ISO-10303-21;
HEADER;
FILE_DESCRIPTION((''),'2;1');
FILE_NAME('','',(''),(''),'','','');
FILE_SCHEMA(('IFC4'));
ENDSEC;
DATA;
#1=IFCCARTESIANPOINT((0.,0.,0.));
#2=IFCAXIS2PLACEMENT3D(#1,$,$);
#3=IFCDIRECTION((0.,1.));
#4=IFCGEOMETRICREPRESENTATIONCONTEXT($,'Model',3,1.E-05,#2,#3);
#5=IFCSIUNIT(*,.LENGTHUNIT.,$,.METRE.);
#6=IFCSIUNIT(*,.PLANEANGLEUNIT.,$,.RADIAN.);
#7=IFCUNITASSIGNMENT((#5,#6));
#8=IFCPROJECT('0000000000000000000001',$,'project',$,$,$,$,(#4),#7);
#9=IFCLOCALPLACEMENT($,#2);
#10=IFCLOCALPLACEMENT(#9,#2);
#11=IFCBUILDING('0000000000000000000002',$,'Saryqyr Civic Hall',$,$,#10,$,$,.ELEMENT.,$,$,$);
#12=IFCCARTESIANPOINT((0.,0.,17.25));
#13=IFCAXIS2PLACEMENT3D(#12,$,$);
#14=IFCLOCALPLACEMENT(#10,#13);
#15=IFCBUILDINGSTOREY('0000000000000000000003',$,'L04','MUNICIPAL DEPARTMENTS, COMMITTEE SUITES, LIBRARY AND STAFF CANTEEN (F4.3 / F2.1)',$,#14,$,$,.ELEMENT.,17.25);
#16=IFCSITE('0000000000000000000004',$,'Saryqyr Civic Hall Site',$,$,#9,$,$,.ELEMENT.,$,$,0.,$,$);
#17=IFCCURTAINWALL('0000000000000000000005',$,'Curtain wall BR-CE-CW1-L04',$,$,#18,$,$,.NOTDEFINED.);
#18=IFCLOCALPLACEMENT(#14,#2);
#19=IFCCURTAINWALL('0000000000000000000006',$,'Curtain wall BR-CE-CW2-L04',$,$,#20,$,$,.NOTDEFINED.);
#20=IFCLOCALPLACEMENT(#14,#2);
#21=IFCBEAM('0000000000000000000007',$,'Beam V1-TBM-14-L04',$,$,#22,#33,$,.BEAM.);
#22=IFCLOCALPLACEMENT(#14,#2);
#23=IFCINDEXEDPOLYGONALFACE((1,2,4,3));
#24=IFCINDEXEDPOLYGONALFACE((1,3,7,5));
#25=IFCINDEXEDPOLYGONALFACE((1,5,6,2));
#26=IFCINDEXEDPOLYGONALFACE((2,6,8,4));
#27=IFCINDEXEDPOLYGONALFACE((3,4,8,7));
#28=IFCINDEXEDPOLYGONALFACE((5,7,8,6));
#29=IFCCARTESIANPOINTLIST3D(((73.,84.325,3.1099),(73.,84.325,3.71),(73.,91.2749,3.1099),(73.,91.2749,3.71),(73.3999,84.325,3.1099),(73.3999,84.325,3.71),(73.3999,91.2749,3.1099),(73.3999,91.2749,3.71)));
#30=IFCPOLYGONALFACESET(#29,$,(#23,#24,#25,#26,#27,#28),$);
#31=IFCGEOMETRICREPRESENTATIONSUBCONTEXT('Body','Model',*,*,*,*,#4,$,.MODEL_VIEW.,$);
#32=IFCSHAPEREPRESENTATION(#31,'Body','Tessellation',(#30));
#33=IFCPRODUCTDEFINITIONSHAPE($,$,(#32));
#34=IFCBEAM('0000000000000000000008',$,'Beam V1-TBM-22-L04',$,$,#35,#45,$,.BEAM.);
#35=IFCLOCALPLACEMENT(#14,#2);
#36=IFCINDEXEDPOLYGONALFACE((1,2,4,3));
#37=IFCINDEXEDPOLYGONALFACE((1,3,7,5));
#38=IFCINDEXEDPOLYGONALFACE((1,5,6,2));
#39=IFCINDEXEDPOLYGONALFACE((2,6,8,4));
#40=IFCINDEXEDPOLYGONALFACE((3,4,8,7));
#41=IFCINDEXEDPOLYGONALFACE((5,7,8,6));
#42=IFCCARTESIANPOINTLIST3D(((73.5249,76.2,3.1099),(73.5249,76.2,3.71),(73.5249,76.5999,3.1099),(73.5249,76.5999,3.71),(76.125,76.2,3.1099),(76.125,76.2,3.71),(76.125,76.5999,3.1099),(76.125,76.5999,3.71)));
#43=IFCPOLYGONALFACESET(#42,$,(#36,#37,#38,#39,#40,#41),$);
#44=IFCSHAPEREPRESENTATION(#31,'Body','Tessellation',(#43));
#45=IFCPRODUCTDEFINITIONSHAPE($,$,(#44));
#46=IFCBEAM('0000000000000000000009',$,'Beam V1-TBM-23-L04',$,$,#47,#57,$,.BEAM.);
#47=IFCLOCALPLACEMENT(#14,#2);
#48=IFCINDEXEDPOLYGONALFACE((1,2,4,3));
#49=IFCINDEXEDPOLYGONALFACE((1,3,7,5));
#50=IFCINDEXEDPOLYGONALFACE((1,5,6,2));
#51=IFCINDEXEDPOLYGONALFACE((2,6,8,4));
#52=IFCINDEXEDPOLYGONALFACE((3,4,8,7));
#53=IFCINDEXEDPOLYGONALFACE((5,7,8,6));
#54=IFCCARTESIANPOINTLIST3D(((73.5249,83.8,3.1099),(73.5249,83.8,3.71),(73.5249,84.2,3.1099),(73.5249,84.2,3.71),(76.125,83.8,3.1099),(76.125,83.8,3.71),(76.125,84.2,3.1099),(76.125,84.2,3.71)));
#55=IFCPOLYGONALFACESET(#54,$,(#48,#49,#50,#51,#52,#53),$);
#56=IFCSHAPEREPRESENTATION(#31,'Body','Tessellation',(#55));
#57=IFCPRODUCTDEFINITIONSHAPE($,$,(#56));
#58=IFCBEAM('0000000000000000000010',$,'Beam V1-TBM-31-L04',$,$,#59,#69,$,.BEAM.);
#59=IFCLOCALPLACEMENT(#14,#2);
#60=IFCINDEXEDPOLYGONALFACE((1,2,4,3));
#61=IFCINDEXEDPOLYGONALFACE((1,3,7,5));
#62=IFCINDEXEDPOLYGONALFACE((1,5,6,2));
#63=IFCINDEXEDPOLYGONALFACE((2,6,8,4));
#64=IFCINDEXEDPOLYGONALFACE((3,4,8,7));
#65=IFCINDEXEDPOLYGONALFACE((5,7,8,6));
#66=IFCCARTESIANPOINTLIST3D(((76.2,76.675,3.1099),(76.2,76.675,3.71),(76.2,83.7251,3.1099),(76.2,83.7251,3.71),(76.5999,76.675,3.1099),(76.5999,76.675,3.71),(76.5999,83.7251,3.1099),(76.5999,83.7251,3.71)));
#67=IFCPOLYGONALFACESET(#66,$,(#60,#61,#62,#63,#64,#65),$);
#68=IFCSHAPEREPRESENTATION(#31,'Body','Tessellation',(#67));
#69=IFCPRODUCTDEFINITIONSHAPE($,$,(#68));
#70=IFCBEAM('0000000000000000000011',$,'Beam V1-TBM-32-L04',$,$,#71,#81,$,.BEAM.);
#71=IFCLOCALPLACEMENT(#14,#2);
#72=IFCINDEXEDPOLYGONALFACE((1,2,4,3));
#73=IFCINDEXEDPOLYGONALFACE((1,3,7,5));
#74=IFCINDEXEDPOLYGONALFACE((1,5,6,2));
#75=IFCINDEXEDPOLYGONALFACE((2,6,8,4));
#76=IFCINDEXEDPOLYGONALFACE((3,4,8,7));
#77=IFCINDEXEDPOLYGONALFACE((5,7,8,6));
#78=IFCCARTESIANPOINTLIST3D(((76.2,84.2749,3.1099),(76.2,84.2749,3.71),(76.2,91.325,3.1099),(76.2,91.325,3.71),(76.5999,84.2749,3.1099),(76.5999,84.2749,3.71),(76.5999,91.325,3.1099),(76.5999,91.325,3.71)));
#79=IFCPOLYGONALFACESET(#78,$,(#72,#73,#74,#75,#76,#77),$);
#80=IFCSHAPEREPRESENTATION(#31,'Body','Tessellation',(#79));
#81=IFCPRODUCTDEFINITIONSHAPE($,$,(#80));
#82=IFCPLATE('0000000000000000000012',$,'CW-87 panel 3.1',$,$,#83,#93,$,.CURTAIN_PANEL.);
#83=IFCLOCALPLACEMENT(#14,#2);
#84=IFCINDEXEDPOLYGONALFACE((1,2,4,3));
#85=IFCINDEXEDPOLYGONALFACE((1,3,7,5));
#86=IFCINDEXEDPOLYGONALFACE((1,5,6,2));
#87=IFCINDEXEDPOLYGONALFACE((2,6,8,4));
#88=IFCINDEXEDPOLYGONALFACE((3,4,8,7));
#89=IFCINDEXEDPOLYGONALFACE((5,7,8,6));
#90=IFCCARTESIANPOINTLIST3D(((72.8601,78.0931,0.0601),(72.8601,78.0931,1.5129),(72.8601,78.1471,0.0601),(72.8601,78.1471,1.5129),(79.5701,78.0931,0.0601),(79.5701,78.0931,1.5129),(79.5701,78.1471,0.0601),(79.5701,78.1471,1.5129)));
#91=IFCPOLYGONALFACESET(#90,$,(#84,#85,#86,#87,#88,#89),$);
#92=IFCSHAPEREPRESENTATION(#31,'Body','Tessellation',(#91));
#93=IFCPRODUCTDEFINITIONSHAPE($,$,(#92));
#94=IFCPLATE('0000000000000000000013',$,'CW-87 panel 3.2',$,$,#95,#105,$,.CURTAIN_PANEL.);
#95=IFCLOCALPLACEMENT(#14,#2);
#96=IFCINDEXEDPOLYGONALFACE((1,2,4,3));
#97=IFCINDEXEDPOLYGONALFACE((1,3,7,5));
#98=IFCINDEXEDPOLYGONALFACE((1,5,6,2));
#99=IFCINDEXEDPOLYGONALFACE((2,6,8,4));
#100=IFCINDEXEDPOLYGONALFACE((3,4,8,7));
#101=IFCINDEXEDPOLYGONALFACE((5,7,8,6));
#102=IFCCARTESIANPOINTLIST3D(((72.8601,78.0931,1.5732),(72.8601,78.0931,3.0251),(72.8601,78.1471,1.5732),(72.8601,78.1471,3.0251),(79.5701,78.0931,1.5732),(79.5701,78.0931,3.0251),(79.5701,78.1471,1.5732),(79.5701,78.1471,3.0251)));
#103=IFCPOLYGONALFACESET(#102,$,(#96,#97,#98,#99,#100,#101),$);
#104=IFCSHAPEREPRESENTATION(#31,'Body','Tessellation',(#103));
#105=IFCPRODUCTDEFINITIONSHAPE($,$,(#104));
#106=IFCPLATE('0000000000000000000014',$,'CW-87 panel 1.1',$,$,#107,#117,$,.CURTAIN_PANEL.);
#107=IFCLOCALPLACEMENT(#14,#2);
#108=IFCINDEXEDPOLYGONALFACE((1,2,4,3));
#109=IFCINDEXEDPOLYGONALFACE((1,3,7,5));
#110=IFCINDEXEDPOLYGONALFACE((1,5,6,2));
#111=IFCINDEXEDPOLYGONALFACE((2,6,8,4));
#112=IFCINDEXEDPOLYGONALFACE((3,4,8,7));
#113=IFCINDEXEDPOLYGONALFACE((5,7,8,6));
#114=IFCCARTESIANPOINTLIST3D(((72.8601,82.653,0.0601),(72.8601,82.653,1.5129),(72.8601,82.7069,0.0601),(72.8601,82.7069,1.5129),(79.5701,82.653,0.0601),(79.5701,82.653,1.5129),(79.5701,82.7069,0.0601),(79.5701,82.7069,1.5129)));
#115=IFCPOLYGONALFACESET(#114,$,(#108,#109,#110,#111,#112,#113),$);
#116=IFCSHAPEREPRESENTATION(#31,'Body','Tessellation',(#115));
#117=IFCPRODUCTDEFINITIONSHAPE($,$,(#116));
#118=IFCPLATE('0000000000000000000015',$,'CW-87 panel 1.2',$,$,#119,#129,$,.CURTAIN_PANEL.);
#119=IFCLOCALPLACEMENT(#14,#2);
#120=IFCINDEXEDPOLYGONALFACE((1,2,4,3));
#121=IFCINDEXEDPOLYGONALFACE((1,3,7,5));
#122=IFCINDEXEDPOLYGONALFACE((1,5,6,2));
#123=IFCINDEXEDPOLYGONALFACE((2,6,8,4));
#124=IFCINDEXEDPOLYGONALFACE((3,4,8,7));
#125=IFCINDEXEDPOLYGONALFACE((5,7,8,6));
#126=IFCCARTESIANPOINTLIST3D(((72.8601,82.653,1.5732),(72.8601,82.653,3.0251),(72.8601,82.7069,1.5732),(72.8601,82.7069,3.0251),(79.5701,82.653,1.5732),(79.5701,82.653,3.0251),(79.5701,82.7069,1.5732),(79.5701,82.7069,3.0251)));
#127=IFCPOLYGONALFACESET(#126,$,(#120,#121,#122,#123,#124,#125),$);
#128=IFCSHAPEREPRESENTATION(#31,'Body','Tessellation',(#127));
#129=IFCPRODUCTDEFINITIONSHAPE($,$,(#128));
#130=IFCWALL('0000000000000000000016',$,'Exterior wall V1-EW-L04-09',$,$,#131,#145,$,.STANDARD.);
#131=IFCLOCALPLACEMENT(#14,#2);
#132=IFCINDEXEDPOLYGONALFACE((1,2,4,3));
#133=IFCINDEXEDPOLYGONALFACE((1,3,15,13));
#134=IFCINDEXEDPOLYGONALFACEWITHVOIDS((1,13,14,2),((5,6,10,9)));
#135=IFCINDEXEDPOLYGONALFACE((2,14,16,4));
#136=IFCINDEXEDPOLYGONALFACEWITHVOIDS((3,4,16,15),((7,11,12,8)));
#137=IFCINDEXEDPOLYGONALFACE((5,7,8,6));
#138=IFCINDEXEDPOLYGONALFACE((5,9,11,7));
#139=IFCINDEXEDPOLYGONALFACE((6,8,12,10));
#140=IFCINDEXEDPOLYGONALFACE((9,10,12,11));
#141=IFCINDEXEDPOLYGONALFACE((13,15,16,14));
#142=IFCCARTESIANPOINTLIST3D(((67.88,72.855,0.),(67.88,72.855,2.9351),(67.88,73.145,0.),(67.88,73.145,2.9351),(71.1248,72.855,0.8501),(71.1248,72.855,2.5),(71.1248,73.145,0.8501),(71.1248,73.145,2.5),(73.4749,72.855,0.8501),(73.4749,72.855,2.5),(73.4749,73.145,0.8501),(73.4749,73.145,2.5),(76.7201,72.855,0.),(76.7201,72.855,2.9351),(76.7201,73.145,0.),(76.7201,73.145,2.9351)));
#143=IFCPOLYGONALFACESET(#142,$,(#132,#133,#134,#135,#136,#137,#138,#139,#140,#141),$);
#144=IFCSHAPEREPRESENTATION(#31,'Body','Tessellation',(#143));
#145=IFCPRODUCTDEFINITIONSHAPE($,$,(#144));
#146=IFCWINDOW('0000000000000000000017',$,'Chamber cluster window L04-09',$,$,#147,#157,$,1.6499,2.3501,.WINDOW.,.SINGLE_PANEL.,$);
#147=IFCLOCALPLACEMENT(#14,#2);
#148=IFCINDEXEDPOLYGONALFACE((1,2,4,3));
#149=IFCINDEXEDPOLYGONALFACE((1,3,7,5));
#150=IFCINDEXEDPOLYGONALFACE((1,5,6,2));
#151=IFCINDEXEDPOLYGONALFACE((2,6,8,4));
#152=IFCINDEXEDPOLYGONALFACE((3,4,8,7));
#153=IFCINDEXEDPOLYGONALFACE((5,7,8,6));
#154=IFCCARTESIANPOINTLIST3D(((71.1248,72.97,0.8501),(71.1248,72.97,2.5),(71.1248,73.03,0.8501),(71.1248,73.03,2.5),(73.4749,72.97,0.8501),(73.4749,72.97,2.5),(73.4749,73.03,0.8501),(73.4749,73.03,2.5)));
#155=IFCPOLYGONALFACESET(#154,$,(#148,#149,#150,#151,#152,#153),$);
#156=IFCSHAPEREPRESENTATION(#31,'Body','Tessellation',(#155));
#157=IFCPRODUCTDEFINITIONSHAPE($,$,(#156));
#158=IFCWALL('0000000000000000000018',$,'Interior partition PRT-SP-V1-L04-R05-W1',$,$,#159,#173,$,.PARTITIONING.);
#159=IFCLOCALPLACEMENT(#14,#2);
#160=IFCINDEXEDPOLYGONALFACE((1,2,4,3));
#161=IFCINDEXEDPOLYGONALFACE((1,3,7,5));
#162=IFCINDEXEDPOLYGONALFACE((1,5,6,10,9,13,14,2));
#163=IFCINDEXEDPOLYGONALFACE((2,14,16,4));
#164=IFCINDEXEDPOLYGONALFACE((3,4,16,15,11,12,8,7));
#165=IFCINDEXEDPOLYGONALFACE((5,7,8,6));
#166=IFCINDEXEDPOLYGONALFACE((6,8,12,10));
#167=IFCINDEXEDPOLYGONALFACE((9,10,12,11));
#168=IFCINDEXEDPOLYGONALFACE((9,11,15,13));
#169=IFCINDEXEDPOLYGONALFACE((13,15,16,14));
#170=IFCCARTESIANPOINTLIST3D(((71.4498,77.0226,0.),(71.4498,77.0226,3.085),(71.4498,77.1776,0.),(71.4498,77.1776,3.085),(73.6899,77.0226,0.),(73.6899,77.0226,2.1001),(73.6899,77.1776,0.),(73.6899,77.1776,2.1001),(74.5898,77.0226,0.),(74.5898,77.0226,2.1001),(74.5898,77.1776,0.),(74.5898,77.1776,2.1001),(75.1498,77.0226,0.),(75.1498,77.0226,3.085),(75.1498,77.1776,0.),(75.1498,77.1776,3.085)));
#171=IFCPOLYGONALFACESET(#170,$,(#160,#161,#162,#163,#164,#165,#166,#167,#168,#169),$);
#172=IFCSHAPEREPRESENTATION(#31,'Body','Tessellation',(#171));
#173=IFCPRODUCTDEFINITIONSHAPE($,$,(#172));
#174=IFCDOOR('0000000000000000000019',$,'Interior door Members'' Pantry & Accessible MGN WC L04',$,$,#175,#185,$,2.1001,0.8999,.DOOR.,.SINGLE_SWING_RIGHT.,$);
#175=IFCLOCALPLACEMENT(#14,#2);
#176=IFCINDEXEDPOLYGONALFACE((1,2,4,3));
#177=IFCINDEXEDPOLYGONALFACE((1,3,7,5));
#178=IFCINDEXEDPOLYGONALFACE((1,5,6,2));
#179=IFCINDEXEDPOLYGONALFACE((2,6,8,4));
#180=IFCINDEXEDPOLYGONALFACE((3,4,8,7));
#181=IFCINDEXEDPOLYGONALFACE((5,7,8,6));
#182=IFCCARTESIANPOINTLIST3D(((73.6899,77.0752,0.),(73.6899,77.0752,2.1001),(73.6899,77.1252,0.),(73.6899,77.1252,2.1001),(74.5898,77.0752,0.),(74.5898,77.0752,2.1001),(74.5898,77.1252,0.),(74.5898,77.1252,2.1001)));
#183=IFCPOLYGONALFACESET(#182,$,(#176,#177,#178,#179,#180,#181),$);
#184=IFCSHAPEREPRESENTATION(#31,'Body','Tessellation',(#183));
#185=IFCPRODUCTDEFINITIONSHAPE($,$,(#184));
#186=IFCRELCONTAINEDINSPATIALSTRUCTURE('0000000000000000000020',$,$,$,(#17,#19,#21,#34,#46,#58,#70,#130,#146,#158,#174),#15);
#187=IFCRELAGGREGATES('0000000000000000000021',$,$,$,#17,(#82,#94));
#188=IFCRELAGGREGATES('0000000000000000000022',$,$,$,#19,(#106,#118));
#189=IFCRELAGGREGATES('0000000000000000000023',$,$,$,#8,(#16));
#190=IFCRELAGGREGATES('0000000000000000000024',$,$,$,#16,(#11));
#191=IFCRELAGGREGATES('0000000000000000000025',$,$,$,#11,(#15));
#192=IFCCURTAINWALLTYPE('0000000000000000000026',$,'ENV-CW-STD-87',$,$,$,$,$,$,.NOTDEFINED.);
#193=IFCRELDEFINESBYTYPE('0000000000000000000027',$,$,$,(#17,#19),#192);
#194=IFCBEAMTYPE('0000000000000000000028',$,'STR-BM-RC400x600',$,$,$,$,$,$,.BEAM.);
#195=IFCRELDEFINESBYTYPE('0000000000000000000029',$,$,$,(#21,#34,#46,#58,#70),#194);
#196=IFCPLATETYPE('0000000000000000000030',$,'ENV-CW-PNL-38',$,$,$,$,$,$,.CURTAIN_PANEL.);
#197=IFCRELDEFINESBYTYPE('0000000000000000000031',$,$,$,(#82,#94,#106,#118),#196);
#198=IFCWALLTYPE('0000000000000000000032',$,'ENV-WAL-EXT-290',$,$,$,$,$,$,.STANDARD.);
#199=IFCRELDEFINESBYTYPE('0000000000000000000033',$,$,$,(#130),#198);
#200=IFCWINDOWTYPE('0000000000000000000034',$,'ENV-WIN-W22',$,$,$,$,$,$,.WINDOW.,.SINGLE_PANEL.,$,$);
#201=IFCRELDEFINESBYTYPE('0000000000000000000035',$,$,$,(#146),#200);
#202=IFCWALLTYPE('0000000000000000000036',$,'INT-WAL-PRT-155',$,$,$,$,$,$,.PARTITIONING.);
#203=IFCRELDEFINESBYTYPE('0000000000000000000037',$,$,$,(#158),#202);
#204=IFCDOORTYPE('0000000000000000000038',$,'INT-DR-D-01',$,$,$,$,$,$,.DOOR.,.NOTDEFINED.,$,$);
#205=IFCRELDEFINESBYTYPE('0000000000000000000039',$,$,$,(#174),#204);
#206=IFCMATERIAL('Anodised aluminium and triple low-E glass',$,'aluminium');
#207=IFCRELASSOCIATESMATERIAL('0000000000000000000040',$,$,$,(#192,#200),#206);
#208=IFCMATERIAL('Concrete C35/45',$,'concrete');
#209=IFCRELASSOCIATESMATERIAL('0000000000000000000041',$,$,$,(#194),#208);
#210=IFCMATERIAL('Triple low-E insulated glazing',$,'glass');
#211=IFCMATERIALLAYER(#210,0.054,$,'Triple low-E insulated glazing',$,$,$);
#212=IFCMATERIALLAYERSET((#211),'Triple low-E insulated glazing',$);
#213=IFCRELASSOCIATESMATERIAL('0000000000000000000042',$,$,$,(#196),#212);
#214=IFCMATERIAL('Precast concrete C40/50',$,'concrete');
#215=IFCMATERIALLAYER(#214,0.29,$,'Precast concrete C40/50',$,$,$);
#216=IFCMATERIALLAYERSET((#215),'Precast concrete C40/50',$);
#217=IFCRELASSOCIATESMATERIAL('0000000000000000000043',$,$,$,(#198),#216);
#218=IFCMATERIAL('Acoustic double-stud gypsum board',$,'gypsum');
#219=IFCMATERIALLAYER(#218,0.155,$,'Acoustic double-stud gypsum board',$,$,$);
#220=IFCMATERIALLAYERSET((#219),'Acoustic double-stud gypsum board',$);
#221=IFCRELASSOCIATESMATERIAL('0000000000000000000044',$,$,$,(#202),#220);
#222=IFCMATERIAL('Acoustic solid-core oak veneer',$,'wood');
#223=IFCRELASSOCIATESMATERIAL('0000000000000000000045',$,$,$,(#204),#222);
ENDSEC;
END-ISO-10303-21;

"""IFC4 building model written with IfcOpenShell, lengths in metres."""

from ifc_helpers import new_model, si_unit, direction, frame, frame_2d, origin, origin_2d, place, context, subcontext, project, spatial, rectangle, extrude, material, layer, layer_set, material_profile, profile_set, type_object, element, fill, aggregate, save


model = new_model("IFC4")

# Units and contexts
model_context = context("Model", 3, precision=1e-05, world=origin(), true_north=direction((0.0, 1.0)))
body_context = subcontext(model_context, "Body", "Model", "MODEL_VIEW")
ifc_project = project(units=[si_unit("LENGTHUNIT", "METRE"), si_unit("PLANEANGLEUNIT", "RADIAN")], contexts=[model_context])

# Site, building, storey
site_placement = place(None, origin())
site = spatial("IfcSite", under=ifc_project, at=site_placement, Name="Saryqyr Civic Hall Site", CompositionType="ELEMENT", RefElevation=0.0)
building_placement = place(site_placement, origin())
building = spatial("IfcBuilding", under=site, at=building_placement, Name="Saryqyr Civic Hall", CompositionType="ELEMENT")
storey_placement = place(building_placement, frame((0.0, 0.0, 17.25)))
storey = spatial("IfcBuildingStorey", under=building, at=storey_placement, Name="L04", Description="MUNICIPAL DEPARTMENTS, COMMITTEE SUITES, LIBRARY AND STAFF CANTEEN (F4.3 / F2.1)", CompositionType="ELEMENT", Elevation=17.25)

# Curtain walls
ifc_material_1 = material(Name="Anodised aluminium and triple low-E glass", Category="aluminium")
curtain_wall_type = type_object("IfcCurtainWallType", Name="ENV-CW-STD-87", PredefinedType="NOTDEFINED", material=ifc_material_1)
curtain_wall_1_placement = place(storey_placement, origin())
curtain_wall_1 = element("IfcCurtainWall", 1, at=curtain_wall_1_placement, inside=storey, type_object=curtain_wall_type, Name="Curtain wall BR-CE-CW1-L04", PredefinedType="NOTDEFINED")
curtain_wall_2_placement = place(storey_placement, origin())
curtain_wall_2 = element("IfcCurtainWall", 2, at=curtain_wall_2_placement, inside=storey, type_object=curtain_wall_type, Name="Curtain wall BR-CE-CW2-L04", PredefinedType="NOTDEFINED")

# Beams
ifc_material_2 = material(Name="Concrete C35/45", Category="concrete")
ifc_material_profile_1 = material_profile(ifc_material_2, rectangle(XDim=0.3999, YDim=0.6001, at=origin_2d()), Name="RC 400x600")
ifc_profile_set_1 = profile_set([ifc_material_profile_1], Name="Concrete C35/45")
beam_type = type_object("IfcBeamType", Name="STR-BM-RC400x600", PredefinedType="BEAM", material=ifc_profile_set_1)
beam_placement = place(storey_placement, frame((73.2, 84.325, 3.4099), z_axis=(0.0, 1.0, 0.0), x_axis=(-1.0, 0.0, 0.0)))
element("IfcBeam", 3, at=beam_placement, inside=storey, type_object=beam_type, Name="Beam V1-TBM-14-L04", PredefinedType="BEAM", context=body_context, shape_type="SweptSolid", body=[
    extrude(rectangle(XDim=0.3999, YDim=0.6001, at=origin_2d()), origin(), (0.0, 0.0, 1.0), 6.95),
])
for number, where, z_axis, x_axis, name in (
    (4, (73.5249, 76.3999, 3.4099), (1.0, 0.0, 0.0), (0.0, 1.0, 0.0), "Beam V1-TBM-22-L04"),
    (5, (73.5249, 84.0, 3.4099), (1.0, 0.0, 0.0), (0.0, 1.0, 0.0), "Beam V1-TBM-23-L04"),
):
    element("IfcBeam", number, at=place(storey_placement, frame(where, z_axis=z_axis, x_axis=x_axis)), inside=storey, type_object=beam_type, Name=name, PredefinedType="BEAM", context=body_context, shape_type="SweptSolid", body=[
        extrude(rectangle(XDim=0.3999, YDim=0.6001, at=origin_2d()), origin(), (0.0, 0.0, 1.0), 2.6001),
    ])
for number, where, z_axis, x_axis, name in (
    (6, (76.3999, 76.675, 3.4099), (0.0, 1.0, 0.0), (-1.0, 0.0, 0.0), "Beam V1-TBM-31-L04"),
    (7, (76.3999, 84.2749, 3.4099), (0.0, 1.0, 0.0), (-1.0, 0.0, 0.0), "Beam V1-TBM-32-L04"),
):
    element("IfcBeam", number, at=place(storey_placement, frame(where, z_axis=z_axis, x_axis=x_axis)), inside=storey, type_object=beam_type, Name=name, PredefinedType="BEAM", context=body_context, shape_type="SweptSolid", body=[
        extrude(rectangle(XDim=0.3999, YDim=0.6001, at=origin_2d()), origin(), (0.0, 0.0, 1.0), 7.05),
    ])

# Plates
ifc_material_3 = material(Name="Triple low-E insulated glazing", Category="glass")
ifc_layer_1 = layer(ifc_material_3, 0.054, Name="Triple low-E insulated glazing")
ifc_layer_set_1 = layer_set([ifc_layer_1], Name="Triple low-E insulated glazing")
plate_type = type_object("IfcPlateType", Name="ENV-CW-PNL-38", PredefinedType="CURTAIN_PANEL", material=ifc_layer_set_1)
plate_1_placement = place(storey_placement, frame((76.2151, 78.1201, 0.0601), z_axis=(0.0, 0.0, 1.0), x_axis=(-1.0, 0.0, 0.0)))
plate_1 = element("IfcPlate", 8, at=plate_1_placement, type_object=plate_type, Name="CW-87 panel 3.1", PredefinedType="CURTAIN_PANEL", context=body_context, shape_type="SweptSolid", body=[
    extrude(rectangle(XDim=6.71, YDim=0.054, at=origin_2d()), origin(), (0.0, 0.0, 1.0), 1.4529),
])
plate_2_placement = place(storey_placement, frame((76.2151, 78.1201, 1.5732), z_axis=(0.0, 0.0, 1.0), x_axis=(-1.0, 0.0, 0.0)))
plate_2 = element("IfcPlate", 9, at=plate_2_placement, type_object=plate_type, Name="CW-87 panel 3.2", PredefinedType="CURTAIN_PANEL", context=body_context, shape_type="SweptSolid", body=[
    extrude(rectangle(XDim=6.71, YDim=0.054, at=origin_2d()), origin(), (0.0, 0.0, 1.0), 1.4519),
])
aggregate(curtain_wall_1, [plate_1, plate_2])
plate_3_placement = place(storey_placement, frame((76.2151, 82.6799, 0.0601), z_axis=(0.0, 0.0, 1.0), x_axis=(1.0, 0.0, 0.0)))
plate_3 = element("IfcPlate", 10, at=plate_3_placement, type_object=plate_type, Name="CW-87 panel 1.1", PredefinedType="CURTAIN_PANEL", context=body_context, shape_type="SweptSolid", body=[
    extrude(rectangle(XDim=6.71, YDim=0.054, at=origin_2d()), origin(), (0.0, 0.0, 1.0), 1.4529),
])
plate_4_placement = place(storey_placement, frame((76.2151, 82.6799, 1.5732), z_axis=(0.0, 0.0, 1.0), x_axis=(1.0, 0.0, 0.0)))
plate_4 = element("IfcPlate", 11, at=plate_4_placement, type_object=plate_type, Name="CW-87 panel 1.2", PredefinedType="CURTAIN_PANEL", context=body_context, shape_type="SweptSolid", body=[
    extrude(rectangle(XDim=6.71, YDim=0.054, at=origin_2d()), origin(), (0.0, 0.0, 1.0), 1.4519),
])
aggregate(curtain_wall_2, [plate_3, plate_4])

# Wall, opening, window
ifc_material_4 = material(Name="Precast concrete C40/50", Category="concrete")
ifc_layer_2 = layer(ifc_material_4, 0.29, Name="Precast concrete C40/50")
ifc_layer_set_2 = layer_set([ifc_layer_2], Name="Precast concrete C40/50")
wall_type_1 = type_object("IfcWallType", Name="ENV-WAL-EXT-290", PredefinedType="STANDARD", material=ifc_layer_set_2)
wall_1_placement = place(storey_placement, frame((76.72, 73.0, 0.0), z_axis=(0.0, 0.0, 1.0), x_axis=(-1.0, 0.0, 0.0)))
wall_1 = element("IfcWall", 12, at=wall_1_placement, inside=storey, type_object=wall_type_1, Name="Exterior wall V1-EW-L04-09", PredefinedType="STANDARD", context=body_context, shape_type="SweptSolid", body=[
    extrude(rectangle(XDim=8.8401, YDim=0.29, at=frame_2d((4.4199, 0.0))), origin(), (0.0, 0.0, 1.0), 2.9351),
])
opening_1_placement = place(wall_1_placement, frame((3.2451, 0.0, 0.8501)))
opening_1 = element("IfcOpeningElement", 13, at=opening_1_placement, cuts=wall_1, PredefinedType="OPENING", context=body_context, shape_type="SweptSolid", body=[
    extrude(rectangle(XDim=2.3501, YDim=1.6499, at=frame_2d((1.175, 0.825))), frame((0.0, 0.155, 0.0), z_axis=(0.0, -1.0, 0.0), x_axis=(1.0, 0.0, 0.0)), (0.0, 0.0, 1.0), 0.3101),
])
window_type = type_object("IfcWindowType", Name="ENV-WIN-W22", PartitioningType="SINGLE_PANEL", PredefinedType="WINDOW", material=ifc_material_1)
window_placement = place(opening_1_placement, origin())
window = element("IfcWindow", 14, at=window_placement, inside=storey, type_object=window_type, Name="Chamber cluster window L04-09", OverallHeight=1.6499, OverallWidth=2.3501, PartitioningType="SINGLE_PANEL", PredefinedType="WINDOW", context=body_context, shape_type="SweptSolid", body=[
    extrude(rectangle(XDim=2.3501, YDim=1.6499, at=frame_2d((1.175, 0.825))), frame((0.0, 0.03, 0.0), z_axis=(0.0, -1.0, 0.0), x_axis=(1.0, 0.0, 0.0)), (0.0, 0.0, 1.0), 0.0601),
])
fill(opening_1, window)

# Wall, opening, door
ifc_material_5 = material(Name="Acoustic double-stud gypsum board", Category="gypsum")
ifc_layer_3 = layer(ifc_material_5, 0.155, Name="Acoustic double-stud gypsum board")
ifc_layer_set_3 = layer_set([ifc_layer_3], Name="Acoustic double-stud gypsum board")
wall_type_2 = type_object("IfcWallType", Name="INT-WAL-PRT-155", PredefinedType="PARTITIONING", material=ifc_layer_set_3)
wall_2_placement = place(storey_placement, frame((75.1499, 77.1001, 0.0), z_axis=(0.0, 0.0, 1.0), x_axis=(-1.0, 0.0, 0.0)))
wall_2 = element("IfcWall", 15, at=wall_2_placement, inside=storey, type_object=wall_type_2, Name="Interior partition PRT-SP-V1-L04-R05-W1", PredefinedType="PARTITIONING", context=body_context, shape_type="SweptSolid", body=[
    extrude(rectangle(XDim=3.7, YDim=0.155, at=frame_2d((1.8501, 0.0))), origin(), (0.0, 0.0, 1.0), 3.085),
])
opening_2_placement = place(wall_2_placement, frame((0.5601, 0.0, 0.0)))
opening_2 = element("IfcOpeningElement", 16, at=opening_2_placement, cuts=wall_2, PredefinedType="OPENING", context=body_context, shape_type="SweptSolid", body=[
    extrude(rectangle(XDim=0.8999, YDim=2.1001, at=frame_2d((0.45, 1.05))), frame((0.0, 0.0874, 0.0), z_axis=(0.0, -1.0, 0.0), x_axis=(1.0, 0.0, 0.0)), (0.0, 0.0, 1.0), 0.175),
])
ifc_material_6 = material(Name="Acoustic solid-core oak veneer", Category="wood")
door_type = type_object("IfcDoorType", Name="INT-DR-D-01", OperationType="NOTDEFINED", PredefinedType="DOOR", material=ifc_material_6)
door_placement = place(opening_2_placement, origin())
door = element("IfcDoor", 17, at=door_placement, inside=storey, type_object=door_type, Name="Interior door Members' Pantry & Accessible MGN WC L04", OperationType="SINGLE_SWING_RIGHT", OverallHeight=2.1001, OverallWidth=0.8999, PredefinedType="DOOR", context=body_context, shape_type="SweptSolid", body=[
    extrude(rectangle(XDim=0.8999, YDim=2.1001, at=frame_2d((0.45, 1.05))), frame((0.0, 0.0249, 0.0), z_axis=(0.0, -1.0, 0.0), x_axis=(1.0, 0.0, 0.0)), (0.0, 0.0, 1.0), 0.05),
])
fill(opening_2, door)

save(model, "model.ifc")
